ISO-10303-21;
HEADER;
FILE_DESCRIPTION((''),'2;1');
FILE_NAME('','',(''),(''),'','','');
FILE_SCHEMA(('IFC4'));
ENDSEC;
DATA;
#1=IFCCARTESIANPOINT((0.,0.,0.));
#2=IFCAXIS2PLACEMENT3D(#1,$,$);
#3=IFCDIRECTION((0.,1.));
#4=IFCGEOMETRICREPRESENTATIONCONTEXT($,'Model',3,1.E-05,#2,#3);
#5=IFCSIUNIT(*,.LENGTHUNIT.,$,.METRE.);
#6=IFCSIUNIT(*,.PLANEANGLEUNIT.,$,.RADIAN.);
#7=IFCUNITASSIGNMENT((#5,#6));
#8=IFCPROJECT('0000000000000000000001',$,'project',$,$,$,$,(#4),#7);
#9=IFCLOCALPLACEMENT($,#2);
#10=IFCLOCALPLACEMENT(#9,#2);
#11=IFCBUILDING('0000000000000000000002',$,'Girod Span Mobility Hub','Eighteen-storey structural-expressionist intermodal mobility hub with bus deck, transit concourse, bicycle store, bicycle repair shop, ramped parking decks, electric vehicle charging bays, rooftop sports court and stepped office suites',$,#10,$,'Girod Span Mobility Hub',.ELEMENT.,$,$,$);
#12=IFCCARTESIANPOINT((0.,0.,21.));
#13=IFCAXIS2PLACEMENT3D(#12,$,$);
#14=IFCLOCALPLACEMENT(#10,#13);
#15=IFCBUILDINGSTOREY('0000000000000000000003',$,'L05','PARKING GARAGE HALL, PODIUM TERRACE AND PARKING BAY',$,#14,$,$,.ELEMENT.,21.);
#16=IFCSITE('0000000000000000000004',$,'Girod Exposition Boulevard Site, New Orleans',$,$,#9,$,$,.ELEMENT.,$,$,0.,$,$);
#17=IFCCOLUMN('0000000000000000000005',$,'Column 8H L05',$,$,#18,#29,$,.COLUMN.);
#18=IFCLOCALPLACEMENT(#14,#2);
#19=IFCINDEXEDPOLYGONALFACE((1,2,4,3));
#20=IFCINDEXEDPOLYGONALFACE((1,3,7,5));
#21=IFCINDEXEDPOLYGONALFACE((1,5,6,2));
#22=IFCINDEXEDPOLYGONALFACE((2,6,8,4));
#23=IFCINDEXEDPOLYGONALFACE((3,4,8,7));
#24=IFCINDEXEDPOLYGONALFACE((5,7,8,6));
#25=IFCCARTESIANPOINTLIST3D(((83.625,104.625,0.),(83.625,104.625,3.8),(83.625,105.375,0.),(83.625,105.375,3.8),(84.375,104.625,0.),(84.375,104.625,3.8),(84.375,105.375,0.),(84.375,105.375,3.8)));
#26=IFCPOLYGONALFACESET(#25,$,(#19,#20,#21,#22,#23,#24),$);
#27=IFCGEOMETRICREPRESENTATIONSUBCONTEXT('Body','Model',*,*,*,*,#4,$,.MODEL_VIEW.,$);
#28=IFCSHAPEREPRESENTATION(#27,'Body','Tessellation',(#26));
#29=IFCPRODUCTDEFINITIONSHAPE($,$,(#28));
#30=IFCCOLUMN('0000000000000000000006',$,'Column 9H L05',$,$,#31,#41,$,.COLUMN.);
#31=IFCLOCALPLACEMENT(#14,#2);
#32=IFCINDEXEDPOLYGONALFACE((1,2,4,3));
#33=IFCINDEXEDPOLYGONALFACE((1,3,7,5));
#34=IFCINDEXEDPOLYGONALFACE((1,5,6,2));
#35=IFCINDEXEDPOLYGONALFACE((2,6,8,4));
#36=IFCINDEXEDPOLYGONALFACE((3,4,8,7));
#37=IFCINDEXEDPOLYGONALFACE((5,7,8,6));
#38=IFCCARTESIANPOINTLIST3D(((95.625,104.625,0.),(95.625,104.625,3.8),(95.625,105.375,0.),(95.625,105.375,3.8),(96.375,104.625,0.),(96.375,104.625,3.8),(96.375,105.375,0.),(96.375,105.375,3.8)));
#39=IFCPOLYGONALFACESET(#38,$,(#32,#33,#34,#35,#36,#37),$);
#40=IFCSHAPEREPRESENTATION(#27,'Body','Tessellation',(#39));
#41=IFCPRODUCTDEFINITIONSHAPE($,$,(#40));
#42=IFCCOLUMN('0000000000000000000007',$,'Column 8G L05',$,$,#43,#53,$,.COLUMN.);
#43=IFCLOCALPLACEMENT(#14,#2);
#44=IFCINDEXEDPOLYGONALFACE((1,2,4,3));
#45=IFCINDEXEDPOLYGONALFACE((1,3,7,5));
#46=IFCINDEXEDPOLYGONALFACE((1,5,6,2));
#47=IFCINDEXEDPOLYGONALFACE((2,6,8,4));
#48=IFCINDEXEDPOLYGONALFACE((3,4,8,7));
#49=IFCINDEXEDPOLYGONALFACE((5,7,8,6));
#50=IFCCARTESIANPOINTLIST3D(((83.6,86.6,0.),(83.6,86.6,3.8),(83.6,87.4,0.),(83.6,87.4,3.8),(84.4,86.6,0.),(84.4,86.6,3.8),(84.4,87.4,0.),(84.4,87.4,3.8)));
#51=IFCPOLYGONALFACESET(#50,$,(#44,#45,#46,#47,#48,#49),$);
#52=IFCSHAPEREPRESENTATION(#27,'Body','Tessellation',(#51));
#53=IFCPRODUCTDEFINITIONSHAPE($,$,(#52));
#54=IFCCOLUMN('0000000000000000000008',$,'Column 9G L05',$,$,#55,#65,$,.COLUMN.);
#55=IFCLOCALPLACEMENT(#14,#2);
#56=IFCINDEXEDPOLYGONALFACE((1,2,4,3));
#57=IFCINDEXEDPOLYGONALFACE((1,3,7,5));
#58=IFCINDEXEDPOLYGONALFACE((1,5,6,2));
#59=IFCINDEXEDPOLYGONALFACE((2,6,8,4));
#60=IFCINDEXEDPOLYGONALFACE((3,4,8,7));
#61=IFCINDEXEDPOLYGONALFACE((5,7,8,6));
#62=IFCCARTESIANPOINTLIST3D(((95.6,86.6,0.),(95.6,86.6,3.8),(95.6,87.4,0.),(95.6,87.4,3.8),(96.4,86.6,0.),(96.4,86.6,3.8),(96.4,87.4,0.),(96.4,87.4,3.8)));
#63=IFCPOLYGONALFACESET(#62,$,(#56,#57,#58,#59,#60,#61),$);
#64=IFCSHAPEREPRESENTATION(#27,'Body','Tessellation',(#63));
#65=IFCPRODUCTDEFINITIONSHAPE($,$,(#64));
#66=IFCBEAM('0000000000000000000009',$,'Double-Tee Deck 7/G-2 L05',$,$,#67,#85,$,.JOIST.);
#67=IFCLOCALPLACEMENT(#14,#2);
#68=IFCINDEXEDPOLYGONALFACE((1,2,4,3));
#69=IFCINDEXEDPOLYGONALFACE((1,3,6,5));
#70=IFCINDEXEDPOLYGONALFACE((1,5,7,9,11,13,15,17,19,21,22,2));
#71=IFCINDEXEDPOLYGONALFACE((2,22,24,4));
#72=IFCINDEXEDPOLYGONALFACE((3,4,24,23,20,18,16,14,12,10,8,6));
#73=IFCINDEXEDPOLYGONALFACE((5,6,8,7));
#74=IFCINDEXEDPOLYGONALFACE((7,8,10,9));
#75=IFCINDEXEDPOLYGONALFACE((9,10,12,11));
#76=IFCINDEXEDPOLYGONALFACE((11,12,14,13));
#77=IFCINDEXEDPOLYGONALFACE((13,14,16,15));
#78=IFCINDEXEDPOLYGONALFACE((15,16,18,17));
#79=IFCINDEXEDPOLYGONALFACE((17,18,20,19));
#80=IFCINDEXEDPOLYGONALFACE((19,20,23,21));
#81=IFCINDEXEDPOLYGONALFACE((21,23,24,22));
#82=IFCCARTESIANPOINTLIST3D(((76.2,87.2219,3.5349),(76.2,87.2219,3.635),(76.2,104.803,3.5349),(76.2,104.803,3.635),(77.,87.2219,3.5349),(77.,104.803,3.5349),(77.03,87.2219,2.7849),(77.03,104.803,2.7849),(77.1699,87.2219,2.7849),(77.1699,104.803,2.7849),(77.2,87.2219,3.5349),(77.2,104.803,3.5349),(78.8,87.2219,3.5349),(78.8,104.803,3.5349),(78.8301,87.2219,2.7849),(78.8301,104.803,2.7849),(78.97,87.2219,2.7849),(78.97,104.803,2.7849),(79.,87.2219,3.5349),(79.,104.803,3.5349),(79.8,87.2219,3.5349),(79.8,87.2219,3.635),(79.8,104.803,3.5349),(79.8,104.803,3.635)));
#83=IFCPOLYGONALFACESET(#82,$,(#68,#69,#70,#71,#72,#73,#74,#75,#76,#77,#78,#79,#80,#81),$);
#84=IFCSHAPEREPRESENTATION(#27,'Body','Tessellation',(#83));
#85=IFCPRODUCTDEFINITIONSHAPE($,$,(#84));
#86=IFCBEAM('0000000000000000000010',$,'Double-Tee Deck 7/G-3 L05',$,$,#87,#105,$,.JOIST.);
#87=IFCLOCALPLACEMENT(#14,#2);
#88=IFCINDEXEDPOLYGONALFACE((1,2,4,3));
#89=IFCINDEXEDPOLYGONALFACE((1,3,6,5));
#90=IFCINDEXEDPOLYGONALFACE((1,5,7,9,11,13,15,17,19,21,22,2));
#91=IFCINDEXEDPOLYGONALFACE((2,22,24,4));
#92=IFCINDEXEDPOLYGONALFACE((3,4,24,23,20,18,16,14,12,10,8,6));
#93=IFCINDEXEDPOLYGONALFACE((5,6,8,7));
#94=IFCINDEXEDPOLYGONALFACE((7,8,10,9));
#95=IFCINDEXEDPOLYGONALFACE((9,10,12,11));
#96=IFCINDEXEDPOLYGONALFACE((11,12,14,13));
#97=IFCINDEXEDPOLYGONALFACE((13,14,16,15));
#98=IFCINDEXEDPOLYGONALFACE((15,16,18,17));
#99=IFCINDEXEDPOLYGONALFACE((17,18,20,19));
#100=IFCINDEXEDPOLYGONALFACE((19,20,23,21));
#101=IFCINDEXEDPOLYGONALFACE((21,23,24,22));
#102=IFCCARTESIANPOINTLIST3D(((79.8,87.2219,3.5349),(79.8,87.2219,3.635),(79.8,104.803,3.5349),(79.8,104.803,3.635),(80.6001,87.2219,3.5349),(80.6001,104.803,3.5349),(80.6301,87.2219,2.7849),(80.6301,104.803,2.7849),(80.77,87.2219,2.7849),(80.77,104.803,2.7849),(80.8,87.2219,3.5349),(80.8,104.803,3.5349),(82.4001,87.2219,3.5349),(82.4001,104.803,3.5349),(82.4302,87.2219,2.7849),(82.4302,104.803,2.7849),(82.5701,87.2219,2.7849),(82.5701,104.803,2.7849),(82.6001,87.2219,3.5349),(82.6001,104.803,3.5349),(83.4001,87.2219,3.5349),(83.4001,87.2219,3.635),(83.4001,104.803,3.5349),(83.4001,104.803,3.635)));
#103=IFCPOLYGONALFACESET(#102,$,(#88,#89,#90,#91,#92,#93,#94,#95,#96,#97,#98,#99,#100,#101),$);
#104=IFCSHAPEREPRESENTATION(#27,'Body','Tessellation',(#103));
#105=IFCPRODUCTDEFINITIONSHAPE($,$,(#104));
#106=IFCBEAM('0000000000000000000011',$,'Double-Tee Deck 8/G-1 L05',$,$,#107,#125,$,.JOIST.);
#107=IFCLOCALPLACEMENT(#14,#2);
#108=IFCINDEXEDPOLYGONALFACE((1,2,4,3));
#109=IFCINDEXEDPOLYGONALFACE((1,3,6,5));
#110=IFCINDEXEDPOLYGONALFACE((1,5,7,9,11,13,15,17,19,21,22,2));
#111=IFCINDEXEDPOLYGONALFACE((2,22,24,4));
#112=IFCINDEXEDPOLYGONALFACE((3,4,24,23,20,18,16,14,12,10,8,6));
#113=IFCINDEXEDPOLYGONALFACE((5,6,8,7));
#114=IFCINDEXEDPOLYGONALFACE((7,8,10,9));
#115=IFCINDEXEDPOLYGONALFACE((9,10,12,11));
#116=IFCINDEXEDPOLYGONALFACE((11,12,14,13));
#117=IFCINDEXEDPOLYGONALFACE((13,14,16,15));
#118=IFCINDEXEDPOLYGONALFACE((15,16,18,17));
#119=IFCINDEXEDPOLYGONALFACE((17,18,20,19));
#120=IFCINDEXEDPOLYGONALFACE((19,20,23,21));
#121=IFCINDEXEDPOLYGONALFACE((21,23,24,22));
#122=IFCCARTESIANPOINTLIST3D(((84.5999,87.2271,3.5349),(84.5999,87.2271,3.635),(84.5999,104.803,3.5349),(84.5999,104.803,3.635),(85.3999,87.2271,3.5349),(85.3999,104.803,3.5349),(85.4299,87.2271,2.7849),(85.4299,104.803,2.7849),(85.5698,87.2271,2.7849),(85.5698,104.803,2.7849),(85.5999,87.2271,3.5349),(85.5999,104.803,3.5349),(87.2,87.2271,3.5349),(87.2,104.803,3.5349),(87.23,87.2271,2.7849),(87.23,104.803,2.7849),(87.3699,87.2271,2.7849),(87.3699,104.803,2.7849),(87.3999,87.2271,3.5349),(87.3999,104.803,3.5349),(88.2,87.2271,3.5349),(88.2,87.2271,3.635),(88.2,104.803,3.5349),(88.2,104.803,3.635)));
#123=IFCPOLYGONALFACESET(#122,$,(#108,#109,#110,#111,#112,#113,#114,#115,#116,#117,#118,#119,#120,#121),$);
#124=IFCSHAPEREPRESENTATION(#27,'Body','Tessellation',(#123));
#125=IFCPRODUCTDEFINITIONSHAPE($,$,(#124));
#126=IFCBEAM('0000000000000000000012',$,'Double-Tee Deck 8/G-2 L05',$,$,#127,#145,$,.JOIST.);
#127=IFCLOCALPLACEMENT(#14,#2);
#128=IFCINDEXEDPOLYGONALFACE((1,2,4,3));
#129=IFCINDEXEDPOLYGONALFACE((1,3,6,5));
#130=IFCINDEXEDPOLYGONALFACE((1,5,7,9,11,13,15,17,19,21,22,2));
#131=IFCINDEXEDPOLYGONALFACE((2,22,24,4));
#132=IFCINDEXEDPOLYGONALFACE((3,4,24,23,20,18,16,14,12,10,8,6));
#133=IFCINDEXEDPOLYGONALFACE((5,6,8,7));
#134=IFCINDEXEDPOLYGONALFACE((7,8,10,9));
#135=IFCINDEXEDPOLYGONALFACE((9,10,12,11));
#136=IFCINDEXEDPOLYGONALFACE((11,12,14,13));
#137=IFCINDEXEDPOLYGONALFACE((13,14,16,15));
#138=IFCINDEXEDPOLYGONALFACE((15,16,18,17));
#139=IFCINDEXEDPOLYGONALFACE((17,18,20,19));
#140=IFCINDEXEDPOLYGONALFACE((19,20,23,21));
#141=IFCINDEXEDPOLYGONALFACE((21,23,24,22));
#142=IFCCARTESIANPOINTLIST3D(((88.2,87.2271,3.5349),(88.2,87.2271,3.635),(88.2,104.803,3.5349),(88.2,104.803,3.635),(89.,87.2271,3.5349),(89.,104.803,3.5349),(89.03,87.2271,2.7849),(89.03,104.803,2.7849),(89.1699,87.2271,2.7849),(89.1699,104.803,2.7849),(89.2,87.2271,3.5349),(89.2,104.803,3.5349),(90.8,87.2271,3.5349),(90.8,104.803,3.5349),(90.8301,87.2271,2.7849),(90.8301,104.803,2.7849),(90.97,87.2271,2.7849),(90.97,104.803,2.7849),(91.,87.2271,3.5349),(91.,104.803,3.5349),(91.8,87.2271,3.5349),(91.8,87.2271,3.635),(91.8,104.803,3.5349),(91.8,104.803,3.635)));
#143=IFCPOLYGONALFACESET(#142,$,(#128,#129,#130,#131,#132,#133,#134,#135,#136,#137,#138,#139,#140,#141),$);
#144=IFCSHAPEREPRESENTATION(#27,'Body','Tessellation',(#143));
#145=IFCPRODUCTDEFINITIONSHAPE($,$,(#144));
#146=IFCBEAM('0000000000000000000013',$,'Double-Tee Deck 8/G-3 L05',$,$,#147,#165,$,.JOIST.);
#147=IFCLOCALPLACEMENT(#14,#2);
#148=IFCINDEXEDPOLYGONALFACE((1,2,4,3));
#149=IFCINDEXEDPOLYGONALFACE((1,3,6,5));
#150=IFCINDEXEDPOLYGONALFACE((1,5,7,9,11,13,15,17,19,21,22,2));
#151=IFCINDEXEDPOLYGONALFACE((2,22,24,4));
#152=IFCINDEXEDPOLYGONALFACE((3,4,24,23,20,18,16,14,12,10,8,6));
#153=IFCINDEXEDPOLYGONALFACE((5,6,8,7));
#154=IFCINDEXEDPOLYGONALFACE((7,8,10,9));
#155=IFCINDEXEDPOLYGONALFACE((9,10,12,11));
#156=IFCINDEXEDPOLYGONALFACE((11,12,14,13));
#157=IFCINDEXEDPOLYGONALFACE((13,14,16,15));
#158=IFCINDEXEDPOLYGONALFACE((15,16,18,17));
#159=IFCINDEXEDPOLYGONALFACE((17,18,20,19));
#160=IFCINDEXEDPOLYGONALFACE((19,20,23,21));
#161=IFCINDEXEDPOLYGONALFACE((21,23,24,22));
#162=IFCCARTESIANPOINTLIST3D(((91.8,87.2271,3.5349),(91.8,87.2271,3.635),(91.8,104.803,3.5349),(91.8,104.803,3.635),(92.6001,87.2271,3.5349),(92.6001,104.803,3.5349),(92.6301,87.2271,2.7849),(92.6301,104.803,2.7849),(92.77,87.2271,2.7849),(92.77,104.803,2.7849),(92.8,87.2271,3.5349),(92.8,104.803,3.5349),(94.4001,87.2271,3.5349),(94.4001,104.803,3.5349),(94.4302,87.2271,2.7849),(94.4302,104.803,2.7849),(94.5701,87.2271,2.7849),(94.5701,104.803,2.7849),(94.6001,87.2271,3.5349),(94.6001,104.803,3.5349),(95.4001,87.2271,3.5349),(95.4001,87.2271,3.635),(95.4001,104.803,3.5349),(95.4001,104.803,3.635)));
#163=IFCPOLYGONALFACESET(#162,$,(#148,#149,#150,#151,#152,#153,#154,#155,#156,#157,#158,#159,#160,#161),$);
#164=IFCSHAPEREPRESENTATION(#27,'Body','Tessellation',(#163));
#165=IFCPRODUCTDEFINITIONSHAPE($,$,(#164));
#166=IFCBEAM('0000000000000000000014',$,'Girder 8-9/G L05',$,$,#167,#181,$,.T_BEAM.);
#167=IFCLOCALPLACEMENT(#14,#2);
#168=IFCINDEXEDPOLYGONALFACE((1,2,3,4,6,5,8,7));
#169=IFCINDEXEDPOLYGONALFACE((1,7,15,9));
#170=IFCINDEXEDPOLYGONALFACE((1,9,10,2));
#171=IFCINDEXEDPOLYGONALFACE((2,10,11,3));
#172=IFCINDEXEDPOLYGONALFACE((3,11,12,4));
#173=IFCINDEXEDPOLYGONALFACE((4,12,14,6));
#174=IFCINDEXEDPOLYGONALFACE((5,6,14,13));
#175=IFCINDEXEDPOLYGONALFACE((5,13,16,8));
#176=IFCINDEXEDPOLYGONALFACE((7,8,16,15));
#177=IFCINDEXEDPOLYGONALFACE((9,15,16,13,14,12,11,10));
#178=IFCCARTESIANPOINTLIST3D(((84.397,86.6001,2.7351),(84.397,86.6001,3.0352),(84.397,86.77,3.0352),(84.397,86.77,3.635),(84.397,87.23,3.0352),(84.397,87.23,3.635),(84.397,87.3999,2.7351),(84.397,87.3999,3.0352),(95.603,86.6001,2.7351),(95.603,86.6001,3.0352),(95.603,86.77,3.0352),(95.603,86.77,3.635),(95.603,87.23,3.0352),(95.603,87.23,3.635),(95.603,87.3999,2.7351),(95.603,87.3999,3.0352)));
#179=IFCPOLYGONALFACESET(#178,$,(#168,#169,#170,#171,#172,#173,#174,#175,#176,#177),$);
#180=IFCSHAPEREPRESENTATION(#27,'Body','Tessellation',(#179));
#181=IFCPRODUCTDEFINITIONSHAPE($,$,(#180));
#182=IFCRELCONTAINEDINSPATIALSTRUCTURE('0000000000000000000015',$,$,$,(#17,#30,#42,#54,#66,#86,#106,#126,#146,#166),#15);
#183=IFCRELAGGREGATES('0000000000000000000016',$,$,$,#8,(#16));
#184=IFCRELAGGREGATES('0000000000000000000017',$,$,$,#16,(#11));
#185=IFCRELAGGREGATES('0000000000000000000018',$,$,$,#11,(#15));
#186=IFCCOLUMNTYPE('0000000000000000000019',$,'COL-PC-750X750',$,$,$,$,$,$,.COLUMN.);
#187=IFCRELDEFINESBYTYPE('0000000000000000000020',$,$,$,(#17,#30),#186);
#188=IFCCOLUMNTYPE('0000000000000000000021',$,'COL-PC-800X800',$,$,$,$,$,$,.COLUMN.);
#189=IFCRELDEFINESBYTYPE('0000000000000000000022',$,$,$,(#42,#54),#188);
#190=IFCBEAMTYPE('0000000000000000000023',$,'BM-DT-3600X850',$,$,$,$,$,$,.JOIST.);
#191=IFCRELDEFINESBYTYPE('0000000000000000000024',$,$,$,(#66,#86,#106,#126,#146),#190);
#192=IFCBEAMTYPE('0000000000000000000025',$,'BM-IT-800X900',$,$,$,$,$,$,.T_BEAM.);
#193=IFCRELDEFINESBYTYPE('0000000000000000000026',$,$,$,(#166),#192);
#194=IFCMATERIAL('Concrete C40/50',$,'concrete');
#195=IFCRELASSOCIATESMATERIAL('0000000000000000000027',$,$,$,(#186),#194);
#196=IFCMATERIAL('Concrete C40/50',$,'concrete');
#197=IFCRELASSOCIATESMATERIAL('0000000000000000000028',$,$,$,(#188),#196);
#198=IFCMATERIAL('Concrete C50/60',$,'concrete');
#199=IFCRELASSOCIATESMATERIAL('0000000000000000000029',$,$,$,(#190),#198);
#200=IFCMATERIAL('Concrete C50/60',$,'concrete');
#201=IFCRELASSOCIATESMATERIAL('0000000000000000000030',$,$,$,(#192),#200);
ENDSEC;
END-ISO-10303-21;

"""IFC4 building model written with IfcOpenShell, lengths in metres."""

from ifc_helpers import new_model, si_unit, direction, frame, origin, origin_2d, place, context, subcontext, project, spatial, polyline, rectangle, outline, extrude, material, material_profile, profile_set, type_object, element, save


model = new_model("IFC4")

# Units and contexts
model_context = context("Model", 3, precision=1e-05, world=origin(), true_north=direction((0.0, 1.0)))
body_context = subcontext(model_context, "Body", "Model", "MODEL_VIEW")
ifc_project = project(units=[si_unit("LENGTHUNIT", "METRE"), si_unit("PLANEANGLEUNIT", "RADIAN")], contexts=[model_context])

# Site, building, storey
site_placement = place(None, origin())
site = spatial("IfcSite", under=ifc_project, at=site_placement, Name="Girod Exposition Boulevard Site, New Orleans", CompositionType="ELEMENT", RefElevation=0.0)
building_placement = place(site_placement, origin())
building = spatial("IfcBuilding", under=site, at=building_placement, Name="Girod Span Mobility Hub", Description="Eighteen-storey structural-expressionist intermodal mobility hub with bus deck, transit concourse, bicycle store, bicycle repair shop, ramped parking decks, electric vehicle charging bays, rooftop sports court and stepped office suites", LongName="Girod Span Mobility Hub", CompositionType="ELEMENT")
storey_placement = place(building_placement, frame((0.0, 0.0, 21.0)))
storey = spatial("IfcBuildingStorey", under=building, at=storey_placement, Name="L05", Description="PARKING GARAGE HALL, PODIUM TERRACE AND PARKING BAY", CompositionType="ELEMENT", Elevation=21.0)

# Columns
ifc_material_1 = material(Name="Concrete C40/50", Category="concrete")
ifc_material_profile_1 = material_profile(ifc_material_1, rectangle(XDim=0.75, YDim=0.75, at=origin_2d()), Name="PC-COL-750X750")
ifc_profile_set_1 = profile_set([ifc_material_profile_1], Name="Concrete C40/50")
column_type_1 = type_object("IfcColumnType", Name="COL-PC-750X750", PredefinedType="COLUMN", material=ifc_profile_set_1)
for number, where, z_axis, x_axis, name in (
    (1, (84.0, 105.0, 0.0), (0.0, 0.0, 1.0), (1.0, 0.0, 0.0), "Column 8H L05"),
    (2, (96.0, 105.0, 0.0), (0.0, 0.0, 1.0), (1.0, 0.0, 0.0), "Column 9H L05"),
):
    element("IfcColumn", number, at=place(storey_placement, frame(where, z_axis=z_axis, x_axis=x_axis)), inside=storey, type_object=column_type_1, Name=name, PredefinedType="COLUMN", context=body_context, shape_type="SweptSolid", body=[
        extrude(rectangle(XDim=0.75, YDim=0.75, at=origin_2d()), origin(), (0.0, 0.0, 1.0), 3.8),
    ])
ifc_material_2 = material(Name="Concrete C40/50", Category="concrete")
ifc_material_profile_2 = material_profile(ifc_material_2, rectangle(XDim=0.8, YDim=0.8, at=origin_2d()), Name="PC-COL-800X800")
ifc_profile_set_2 = profile_set([ifc_material_profile_2], Name="Concrete C40/50")
column_type_2 = type_object("IfcColumnType", Name="COL-PC-800X800", PredefinedType="COLUMN", material=ifc_profile_set_2)
for number, where, z_axis, x_axis, name in (
    (3, (84.0, 87.0, 0.0), (0.0, 0.0, 1.0), (1.0, 0.0, 0.0), "Column 8G L05"),
    (4, (96.0, 87.0, 0.0), (0.0, 0.0, 1.0), (1.0, 0.0, 0.0), "Column 9G L05"),
):
    element("IfcColumn", number, at=place(storey_placement, frame(where, z_axis=z_axis, x_axis=x_axis)), inside=storey, type_object=column_type_2, Name=name, PredefinedType="COLUMN", context=body_context, shape_type="SweptSolid", body=[
        extrude(rectangle(XDim=0.8, YDim=0.8, at=origin_2d()), origin(), (0.0, 0.0, 1.0), 3.8),
    ])

# Beams
ifc_material_3 = material(Name="Concrete C50/60", Category="concrete")
ifc_material_profile_3 = material_profile(ifc_material_3, outline(polyline([(-1.8, 0.425), (-1.8, 0.325), (-1.0, 0.325), (-0.97, -0.425), (-0.8301, -0.425), (-0.8, 0.325), (0.8, 0.325), (0.8301, -0.425), (0.97, -0.425), (1.0, 0.325), (1.8, 0.325), (1.8, 0.425), (-1.8, 0.425)])), Name="DT-3600X850")
ifc_profile_set_3 = profile_set([ifc_material_profile_3], Name="Concrete C50/60")
beam_type_1 = type_object("IfcBeamType", Name="BM-DT-3600X850", PredefinedType="JOIST", material=ifc_profile_set_3)
for number, where, z_axis, x_axis, name in (
    (5, (78.0, 87.2219, 3.21), (0.0, 1.0, 0.0), (-1.0, 0.0, 0.0), "Double-Tee Deck 7/G-2 L05"),
    (6, (81.6001, 87.2219, 3.21), (0.0, 1.0, 0.0), (-1.0, 0.0, 0.0), "Double-Tee Deck 7/G-3 L05"),
):
    element("IfcBeam", number, at=place(storey_placement, frame(where, z_axis=z_axis, x_axis=x_axis)), inside=storey, type_object=beam_type_1, Name=name, PredefinedType="JOIST", context=body_context, shape_type="SweptSolid", body=[
        extrude(outline(polyline([(-1.8, 0.425), (-1.8, 0.325), (-1.0, 0.325), (-0.97, -0.425), (-0.8301, -0.425), (-0.8, 0.325), (0.8, 0.325), (0.8301, -0.425), (0.97, -0.425), (1.0, 0.325), (1.8, 0.325), (1.8, 0.425), (-1.8, 0.425)])), origin(), (0.0, 0.0, 1.0), 17.5811),
    ])
for number, where, z_axis, x_axis, name in (
    (7, (86.3999, 87.2271, 3.21), (0.0, 1.0, 0.0), (-1.0, 0.0, 0.0), "Double-Tee Deck 8/G-1 L05"),
    (8, (90.0, 87.2271, 3.21), (0.0, 1.0, 0.0), (-1.0, 0.0, 0.0), "Double-Tee Deck 8/G-2 L05"),
    (9, (93.6001, 87.2271, 3.21), (0.0, 1.0, 0.0), (-1.0, 0.0, 0.0), "Double-Tee Deck 8/G-3 L05"),
):
    element("IfcBeam", number, at=place(storey_placement, frame(where, z_axis=z_axis, x_axis=x_axis)), inside=storey, type_object=beam_type_1, Name=name, PredefinedType="JOIST", context=body_context, shape_type="SweptSolid", body=[
        extrude(outline(polyline([(-1.8, 0.425), (-1.8, 0.325), (-1.0, 0.325), (-0.97, -0.425), (-0.8301, -0.425), (-0.8, 0.325), (0.8, 0.325), (0.8301, -0.425), (0.97, -0.425), (1.0, 0.325), (1.8, 0.325), (1.8, 0.425), (-1.8, 0.425)])), origin(), (0.0, 0.0, 1.0), 17.5759),
    ])
ifc_material_4 = material(Name="Concrete C50/60", Category="concrete")
ifc_material_profile_4 = material_profile(ifc_material_4, outline(polyline([(-0.3999, -0.45), (0.3999, -0.45), (0.3999, -0.1499), (0.23, -0.1499), (0.23, 0.45), (-0.23, 0.45), (-0.23, -0.1499), (-0.3999, -0.1499), (-0.3999, -0.45)])), Name="IT-800X900")
ifc_profile_set_4 = profile_set([ifc_material_profile_4], Name="Concrete C50/60")
beam_type_2 = type_object("IfcBeamType", Name="BM-IT-800X900", PredefinedType="T_BEAM", material=ifc_profile_set_4)
beam_1_placement = place(storey_placement, frame((84.397, 87.0, 3.1851), z_axis=(1.0, 0.0, 0.0), x_axis=(0.0, 1.0, 0.0)))
element("IfcBeam", 10, at=beam_1_placement, inside=storey, type_object=beam_type_2, Name="Girder 8-9/G L05", PredefinedType="T_BEAM", context=body_context, shape_type="SweptSolid", body=[
    extrude(outline(polyline([(-0.3999, -0.45), (0.3999, -0.45), (0.3999, -0.1499), (0.23, -0.1499), (0.23, 0.45), (-0.23, 0.45), (-0.23, -0.1499), (-0.3999, -0.1499), (-0.3999, -0.45)])), origin(), (0.0, 0.0, 1.0), 11.2061),
])

save(model, "model.ifc")
